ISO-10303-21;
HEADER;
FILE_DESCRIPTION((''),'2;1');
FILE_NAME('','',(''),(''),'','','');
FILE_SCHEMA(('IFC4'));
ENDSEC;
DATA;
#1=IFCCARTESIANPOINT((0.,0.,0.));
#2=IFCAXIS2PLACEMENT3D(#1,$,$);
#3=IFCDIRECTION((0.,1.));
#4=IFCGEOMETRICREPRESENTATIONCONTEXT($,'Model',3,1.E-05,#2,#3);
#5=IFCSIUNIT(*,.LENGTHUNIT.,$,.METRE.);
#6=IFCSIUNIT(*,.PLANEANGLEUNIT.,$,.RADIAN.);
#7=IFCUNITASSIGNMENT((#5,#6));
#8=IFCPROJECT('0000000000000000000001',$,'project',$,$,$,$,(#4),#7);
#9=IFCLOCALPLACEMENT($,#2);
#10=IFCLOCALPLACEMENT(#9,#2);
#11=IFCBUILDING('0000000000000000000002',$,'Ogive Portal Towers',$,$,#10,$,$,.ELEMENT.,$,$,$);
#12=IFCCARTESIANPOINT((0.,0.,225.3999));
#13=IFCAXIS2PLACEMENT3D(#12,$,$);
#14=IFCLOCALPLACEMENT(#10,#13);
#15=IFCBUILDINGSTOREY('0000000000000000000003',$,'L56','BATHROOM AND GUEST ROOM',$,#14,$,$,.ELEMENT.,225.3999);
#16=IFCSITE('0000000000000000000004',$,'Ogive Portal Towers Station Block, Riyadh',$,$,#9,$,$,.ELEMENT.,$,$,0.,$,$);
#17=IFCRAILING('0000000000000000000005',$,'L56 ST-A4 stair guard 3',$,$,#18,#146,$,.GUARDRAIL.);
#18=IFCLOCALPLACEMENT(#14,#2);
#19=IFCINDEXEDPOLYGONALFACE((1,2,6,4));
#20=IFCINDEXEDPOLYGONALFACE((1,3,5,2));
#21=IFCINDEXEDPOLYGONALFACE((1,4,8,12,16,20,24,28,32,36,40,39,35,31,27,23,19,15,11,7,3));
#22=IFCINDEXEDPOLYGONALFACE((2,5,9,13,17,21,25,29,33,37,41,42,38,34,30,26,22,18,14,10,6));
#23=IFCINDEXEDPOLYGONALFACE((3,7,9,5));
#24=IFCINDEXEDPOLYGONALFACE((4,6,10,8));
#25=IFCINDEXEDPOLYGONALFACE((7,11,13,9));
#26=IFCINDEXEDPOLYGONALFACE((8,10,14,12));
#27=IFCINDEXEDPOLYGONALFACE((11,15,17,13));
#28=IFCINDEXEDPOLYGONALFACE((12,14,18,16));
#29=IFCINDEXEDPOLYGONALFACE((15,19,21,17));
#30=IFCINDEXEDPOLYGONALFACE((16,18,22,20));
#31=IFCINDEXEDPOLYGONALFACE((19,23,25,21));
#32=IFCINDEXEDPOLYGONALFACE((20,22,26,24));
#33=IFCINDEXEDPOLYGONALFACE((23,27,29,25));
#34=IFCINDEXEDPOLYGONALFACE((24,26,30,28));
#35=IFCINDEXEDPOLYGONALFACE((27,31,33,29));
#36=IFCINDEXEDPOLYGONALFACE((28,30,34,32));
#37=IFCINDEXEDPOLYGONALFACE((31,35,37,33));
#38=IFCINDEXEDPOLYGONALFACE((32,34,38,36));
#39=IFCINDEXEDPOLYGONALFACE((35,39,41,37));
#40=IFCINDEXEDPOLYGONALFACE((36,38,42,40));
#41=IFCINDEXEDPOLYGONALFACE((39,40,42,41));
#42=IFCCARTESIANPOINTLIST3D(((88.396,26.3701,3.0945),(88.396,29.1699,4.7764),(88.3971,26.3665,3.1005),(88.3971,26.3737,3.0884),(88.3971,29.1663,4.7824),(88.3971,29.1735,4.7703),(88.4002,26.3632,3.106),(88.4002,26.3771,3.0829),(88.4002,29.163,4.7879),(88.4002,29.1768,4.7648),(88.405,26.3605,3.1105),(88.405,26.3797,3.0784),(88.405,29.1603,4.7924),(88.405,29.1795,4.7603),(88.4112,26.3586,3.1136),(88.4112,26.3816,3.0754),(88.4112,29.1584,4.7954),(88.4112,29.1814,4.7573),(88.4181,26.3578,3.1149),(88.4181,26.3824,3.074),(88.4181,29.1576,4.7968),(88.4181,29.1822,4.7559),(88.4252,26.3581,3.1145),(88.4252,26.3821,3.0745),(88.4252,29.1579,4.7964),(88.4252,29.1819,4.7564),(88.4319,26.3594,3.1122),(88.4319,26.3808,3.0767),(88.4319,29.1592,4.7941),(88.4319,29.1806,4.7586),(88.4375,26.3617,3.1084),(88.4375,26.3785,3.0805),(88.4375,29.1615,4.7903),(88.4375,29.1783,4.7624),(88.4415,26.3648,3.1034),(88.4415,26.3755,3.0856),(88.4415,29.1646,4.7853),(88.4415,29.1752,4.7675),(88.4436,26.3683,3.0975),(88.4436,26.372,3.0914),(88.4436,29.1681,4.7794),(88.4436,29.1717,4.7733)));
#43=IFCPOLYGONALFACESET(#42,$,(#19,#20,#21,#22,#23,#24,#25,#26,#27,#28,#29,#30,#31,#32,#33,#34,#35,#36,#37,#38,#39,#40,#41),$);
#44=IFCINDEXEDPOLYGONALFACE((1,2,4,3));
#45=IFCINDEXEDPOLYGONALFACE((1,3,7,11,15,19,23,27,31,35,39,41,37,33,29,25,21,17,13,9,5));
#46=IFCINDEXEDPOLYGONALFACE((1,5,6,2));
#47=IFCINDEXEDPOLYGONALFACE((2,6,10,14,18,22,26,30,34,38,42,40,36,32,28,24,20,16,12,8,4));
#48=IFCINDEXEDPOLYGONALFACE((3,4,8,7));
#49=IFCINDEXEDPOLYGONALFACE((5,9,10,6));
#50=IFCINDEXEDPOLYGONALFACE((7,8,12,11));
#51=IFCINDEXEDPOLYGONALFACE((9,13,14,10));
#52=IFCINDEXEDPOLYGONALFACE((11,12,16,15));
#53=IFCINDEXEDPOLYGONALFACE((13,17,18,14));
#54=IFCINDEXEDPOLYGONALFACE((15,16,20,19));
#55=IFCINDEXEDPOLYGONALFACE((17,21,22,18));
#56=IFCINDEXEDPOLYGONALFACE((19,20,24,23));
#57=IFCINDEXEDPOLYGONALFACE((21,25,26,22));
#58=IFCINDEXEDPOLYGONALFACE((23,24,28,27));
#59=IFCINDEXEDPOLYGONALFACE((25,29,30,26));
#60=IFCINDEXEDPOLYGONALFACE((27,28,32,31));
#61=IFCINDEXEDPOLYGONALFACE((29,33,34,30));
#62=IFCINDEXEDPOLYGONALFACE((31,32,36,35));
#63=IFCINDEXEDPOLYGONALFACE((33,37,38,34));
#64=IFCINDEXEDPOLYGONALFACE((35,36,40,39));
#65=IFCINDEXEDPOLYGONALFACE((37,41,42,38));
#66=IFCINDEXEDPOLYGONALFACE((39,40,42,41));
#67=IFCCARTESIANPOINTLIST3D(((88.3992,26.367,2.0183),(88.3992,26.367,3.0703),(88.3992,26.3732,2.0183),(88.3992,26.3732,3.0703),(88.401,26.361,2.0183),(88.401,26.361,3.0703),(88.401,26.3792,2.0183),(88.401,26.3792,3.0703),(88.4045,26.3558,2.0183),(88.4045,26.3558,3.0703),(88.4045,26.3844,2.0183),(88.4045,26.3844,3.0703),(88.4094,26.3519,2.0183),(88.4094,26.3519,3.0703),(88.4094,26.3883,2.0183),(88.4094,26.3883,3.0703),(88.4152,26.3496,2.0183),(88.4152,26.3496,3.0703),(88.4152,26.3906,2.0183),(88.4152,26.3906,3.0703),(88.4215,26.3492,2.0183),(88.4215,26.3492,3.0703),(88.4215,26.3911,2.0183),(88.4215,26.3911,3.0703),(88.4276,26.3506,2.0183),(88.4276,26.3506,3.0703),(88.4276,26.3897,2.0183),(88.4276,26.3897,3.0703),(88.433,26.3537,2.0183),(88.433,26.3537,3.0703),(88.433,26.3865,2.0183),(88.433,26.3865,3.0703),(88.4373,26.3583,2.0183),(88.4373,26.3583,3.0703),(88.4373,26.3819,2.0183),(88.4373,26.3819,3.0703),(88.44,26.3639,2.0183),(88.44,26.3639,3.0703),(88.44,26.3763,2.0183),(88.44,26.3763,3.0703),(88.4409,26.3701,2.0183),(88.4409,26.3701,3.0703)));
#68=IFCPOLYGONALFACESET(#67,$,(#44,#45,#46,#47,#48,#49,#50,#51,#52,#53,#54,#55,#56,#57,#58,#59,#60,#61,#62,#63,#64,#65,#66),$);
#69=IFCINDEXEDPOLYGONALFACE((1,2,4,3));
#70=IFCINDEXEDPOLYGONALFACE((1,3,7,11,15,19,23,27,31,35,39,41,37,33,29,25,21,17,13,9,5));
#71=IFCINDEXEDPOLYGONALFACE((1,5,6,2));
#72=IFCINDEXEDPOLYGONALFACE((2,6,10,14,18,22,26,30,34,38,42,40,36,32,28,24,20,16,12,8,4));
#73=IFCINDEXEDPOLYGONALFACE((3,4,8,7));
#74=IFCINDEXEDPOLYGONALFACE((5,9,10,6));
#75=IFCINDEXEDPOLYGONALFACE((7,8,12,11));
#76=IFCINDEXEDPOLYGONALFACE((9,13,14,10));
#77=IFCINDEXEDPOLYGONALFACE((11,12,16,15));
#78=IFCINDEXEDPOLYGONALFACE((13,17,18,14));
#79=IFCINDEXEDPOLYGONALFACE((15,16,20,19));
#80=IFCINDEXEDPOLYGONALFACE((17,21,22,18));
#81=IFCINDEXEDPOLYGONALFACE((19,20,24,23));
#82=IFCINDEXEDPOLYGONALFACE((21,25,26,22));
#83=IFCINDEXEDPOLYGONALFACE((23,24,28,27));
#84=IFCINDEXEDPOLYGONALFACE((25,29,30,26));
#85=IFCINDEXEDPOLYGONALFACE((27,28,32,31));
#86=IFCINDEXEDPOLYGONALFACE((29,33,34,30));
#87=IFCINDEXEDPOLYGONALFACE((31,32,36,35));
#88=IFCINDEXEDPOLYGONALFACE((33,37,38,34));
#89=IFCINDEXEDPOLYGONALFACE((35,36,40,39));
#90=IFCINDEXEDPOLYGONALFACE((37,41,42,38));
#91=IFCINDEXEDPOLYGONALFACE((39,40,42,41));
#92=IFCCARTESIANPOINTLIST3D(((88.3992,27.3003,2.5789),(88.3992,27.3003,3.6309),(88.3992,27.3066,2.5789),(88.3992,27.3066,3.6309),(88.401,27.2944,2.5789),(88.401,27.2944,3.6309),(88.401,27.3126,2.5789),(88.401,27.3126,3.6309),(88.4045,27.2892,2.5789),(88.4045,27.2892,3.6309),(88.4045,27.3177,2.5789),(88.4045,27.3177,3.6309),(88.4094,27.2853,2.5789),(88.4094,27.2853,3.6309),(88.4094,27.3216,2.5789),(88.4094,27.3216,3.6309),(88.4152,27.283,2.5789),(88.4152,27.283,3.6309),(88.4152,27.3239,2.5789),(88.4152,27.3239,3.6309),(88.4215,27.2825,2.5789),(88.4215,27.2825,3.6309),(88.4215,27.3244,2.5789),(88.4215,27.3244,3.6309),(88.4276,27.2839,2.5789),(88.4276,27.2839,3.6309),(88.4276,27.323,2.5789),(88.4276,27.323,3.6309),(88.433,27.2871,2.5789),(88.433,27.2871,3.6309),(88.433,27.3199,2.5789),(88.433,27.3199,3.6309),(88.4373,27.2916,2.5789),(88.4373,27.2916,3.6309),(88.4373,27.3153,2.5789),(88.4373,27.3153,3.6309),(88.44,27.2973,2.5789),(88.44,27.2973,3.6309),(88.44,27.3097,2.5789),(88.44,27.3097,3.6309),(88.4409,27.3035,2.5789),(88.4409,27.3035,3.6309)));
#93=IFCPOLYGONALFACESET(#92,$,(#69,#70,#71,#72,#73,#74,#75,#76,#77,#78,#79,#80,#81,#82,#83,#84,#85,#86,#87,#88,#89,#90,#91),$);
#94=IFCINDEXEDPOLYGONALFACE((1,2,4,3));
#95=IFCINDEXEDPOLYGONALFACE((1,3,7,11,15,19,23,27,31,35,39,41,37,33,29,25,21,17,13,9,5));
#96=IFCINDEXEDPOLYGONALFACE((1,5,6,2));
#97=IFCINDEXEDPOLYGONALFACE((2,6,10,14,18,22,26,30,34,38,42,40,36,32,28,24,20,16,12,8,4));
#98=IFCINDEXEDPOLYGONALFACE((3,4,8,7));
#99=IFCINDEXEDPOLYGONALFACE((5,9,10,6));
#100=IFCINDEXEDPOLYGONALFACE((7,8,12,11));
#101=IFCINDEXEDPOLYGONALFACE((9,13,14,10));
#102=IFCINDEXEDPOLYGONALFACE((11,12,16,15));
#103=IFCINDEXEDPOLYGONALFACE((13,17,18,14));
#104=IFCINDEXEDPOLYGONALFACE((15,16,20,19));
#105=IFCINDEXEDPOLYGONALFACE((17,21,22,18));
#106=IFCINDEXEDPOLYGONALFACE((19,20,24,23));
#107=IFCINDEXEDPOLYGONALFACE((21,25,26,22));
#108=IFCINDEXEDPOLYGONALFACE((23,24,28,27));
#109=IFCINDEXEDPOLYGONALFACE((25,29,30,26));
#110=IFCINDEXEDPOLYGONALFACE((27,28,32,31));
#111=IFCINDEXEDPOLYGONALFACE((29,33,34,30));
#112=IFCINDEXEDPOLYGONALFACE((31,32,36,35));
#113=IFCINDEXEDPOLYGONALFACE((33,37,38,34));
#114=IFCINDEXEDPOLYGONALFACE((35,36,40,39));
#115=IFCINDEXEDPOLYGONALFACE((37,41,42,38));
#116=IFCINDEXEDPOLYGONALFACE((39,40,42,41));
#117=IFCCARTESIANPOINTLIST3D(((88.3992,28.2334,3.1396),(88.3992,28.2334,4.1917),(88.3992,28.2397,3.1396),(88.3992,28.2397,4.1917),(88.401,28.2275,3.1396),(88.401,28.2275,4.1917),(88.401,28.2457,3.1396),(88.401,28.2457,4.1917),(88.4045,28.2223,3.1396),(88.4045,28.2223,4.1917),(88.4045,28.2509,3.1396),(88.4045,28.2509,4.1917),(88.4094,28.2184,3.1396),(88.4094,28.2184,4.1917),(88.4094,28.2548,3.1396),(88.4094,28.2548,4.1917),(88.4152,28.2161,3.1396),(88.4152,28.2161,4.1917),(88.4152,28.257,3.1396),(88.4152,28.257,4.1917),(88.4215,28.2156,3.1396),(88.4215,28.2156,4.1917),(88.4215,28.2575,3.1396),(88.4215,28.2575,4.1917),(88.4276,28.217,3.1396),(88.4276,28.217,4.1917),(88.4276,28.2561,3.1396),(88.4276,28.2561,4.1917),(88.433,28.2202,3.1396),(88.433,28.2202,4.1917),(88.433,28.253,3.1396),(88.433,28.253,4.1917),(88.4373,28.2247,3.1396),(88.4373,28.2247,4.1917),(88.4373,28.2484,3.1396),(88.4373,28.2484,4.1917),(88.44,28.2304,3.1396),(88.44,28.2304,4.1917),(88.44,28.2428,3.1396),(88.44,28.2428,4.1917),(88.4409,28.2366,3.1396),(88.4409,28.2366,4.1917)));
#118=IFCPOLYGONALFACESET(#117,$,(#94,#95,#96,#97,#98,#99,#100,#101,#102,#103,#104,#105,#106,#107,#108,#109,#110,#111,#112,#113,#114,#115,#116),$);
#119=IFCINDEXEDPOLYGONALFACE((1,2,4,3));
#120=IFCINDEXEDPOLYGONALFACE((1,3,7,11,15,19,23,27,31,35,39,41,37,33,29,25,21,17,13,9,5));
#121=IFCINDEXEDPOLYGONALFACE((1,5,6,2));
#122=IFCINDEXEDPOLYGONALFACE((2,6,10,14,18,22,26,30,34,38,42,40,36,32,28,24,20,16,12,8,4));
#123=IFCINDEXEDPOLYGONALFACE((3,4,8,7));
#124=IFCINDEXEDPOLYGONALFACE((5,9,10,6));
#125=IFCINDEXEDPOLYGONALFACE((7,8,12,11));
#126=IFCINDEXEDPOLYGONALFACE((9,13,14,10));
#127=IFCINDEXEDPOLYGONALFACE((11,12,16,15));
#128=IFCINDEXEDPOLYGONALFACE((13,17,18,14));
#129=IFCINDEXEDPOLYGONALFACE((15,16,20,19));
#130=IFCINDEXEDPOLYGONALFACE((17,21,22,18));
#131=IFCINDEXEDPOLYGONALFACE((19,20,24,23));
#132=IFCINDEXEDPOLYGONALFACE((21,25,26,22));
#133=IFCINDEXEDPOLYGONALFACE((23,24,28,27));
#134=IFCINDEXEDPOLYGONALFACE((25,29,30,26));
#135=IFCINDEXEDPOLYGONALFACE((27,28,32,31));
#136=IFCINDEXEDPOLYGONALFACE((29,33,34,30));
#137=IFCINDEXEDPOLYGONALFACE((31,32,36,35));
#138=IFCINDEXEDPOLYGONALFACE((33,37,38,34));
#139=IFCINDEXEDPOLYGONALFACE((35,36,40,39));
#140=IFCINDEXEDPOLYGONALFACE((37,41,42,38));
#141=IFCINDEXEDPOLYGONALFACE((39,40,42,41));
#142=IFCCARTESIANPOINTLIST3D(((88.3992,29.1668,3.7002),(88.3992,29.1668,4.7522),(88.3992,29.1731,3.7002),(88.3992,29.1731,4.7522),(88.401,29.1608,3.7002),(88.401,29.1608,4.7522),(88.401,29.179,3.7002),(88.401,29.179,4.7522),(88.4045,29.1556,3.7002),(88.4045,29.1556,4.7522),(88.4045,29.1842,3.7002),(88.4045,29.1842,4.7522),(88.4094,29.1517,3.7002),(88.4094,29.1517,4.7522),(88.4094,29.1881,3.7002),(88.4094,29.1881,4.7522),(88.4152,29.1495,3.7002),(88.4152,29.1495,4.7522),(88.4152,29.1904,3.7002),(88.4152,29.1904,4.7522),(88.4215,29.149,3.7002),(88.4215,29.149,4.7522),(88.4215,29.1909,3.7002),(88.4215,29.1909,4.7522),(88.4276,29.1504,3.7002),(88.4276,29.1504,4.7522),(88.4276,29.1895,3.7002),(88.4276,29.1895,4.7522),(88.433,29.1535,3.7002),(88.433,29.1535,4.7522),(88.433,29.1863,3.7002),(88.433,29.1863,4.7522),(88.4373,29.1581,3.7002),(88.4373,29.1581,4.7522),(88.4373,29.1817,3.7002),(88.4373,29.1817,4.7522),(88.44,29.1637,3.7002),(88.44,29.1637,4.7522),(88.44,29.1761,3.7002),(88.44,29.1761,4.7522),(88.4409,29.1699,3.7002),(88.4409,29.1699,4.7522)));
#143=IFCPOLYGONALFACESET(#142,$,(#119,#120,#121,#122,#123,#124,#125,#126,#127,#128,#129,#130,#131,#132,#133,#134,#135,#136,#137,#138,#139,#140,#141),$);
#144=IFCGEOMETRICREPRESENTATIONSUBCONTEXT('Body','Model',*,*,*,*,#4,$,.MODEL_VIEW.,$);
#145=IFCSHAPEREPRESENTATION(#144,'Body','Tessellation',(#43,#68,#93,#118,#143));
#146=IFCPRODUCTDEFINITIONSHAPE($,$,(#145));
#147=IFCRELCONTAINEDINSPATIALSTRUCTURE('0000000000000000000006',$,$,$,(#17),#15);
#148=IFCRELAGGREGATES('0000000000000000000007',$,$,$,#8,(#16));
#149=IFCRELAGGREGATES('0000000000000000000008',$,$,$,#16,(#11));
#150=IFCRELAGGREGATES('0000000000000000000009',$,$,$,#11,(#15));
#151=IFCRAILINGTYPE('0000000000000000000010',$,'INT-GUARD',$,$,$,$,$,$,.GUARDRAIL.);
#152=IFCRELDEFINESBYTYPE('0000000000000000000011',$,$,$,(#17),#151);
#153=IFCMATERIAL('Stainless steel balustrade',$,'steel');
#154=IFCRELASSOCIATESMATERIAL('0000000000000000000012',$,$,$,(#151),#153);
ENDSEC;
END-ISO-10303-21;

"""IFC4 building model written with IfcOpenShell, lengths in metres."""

from ifc_helpers import new_model, si_unit, direction, frame, origin, origin_2d, place, context, subcontext, project, spatial, circle, extrude, material, type_object, element, save


model = new_model("IFC4")

# Units and contexts
model_context = context("Model", 3, precision=1e-05, world=origin(), true_north=direction((0.0, 1.0)))
body_context = subcontext(model_context, "Body", "Model", "MODEL_VIEW")
ifc_project = project(units=[si_unit("LENGTHUNIT", "METRE"), si_unit("PLANEANGLEUNIT", "RADIAN")], contexts=[model_context])

# Site, building, storey
site_placement = place(None, origin())
site = spatial("IfcSite", under=ifc_project, at=site_placement, Name="Ogive Portal Towers Station Block, Riyadh", CompositionType="ELEMENT", RefElevation=0.0)
building_placement = place(site_placement, origin())
building = spatial("IfcBuilding", under=site, at=building_placement, Name="Ogive Portal Towers", CompositionType="ELEMENT")
storey_placement = place(building_placement, frame((0.0, 0.0, 225.3999)))
storey = spatial("IfcBuildingStorey", under=building, at=storey_placement, Name="L56", Description="BATHROOM AND GUEST ROOM", CompositionType="ELEMENT", Elevation=225.3999)

# Railing
ifc_material_1 = material(Name="Stainless steel balustrade", Category="steel")
railing_type_1 = type_object("IfcRailingType", Name="INT-GUARD", PredefinedType="GUARDRAIL", material=ifc_material_1)
railing_1_placement = place(storey_placement, frame((88.4199, 26.3701, 2.0183)))
element("IfcRailing", 1, at=railing_1_placement, inside=storey, type_object=railing_type_1, Name="L56 ST-A4 stair guard 3", PredefinedType="GUARDRAIL", context=body_context, shape_type="SweptSolid", body=[
    extrude(circle(Radius=0.0239, at=origin_2d()), frame((0.0, 0.0, 1.0762), z_axis=(0.0, 0.857222, 0.514946), x_axis=(-1.0, 0.0, 0.0)), (0.0, 0.0, 1.0), 3.2661),
    extrude(circle(Radius=0.021, at=origin_2d()), origin(), (0.0, 0.0, 1.0), 1.052),
    extrude(circle(Radius=0.021, at=origin_2d()), frame((0.0, 0.9333, 0.5605)), (0.0, 0.0, 1.0), 1.052),
    extrude(circle(Radius=0.021, at=origin_2d()), frame((0.0, 1.8665, 1.1213)), (0.0, 0.0, 1.0), 1.052),
    extrude(circle(Radius=0.021, at=origin_2d()), frame((0.0, 2.7998, 1.6819)), (0.0, 0.0, 1.0), 1.052),
])

save(model, "model.ifc")
